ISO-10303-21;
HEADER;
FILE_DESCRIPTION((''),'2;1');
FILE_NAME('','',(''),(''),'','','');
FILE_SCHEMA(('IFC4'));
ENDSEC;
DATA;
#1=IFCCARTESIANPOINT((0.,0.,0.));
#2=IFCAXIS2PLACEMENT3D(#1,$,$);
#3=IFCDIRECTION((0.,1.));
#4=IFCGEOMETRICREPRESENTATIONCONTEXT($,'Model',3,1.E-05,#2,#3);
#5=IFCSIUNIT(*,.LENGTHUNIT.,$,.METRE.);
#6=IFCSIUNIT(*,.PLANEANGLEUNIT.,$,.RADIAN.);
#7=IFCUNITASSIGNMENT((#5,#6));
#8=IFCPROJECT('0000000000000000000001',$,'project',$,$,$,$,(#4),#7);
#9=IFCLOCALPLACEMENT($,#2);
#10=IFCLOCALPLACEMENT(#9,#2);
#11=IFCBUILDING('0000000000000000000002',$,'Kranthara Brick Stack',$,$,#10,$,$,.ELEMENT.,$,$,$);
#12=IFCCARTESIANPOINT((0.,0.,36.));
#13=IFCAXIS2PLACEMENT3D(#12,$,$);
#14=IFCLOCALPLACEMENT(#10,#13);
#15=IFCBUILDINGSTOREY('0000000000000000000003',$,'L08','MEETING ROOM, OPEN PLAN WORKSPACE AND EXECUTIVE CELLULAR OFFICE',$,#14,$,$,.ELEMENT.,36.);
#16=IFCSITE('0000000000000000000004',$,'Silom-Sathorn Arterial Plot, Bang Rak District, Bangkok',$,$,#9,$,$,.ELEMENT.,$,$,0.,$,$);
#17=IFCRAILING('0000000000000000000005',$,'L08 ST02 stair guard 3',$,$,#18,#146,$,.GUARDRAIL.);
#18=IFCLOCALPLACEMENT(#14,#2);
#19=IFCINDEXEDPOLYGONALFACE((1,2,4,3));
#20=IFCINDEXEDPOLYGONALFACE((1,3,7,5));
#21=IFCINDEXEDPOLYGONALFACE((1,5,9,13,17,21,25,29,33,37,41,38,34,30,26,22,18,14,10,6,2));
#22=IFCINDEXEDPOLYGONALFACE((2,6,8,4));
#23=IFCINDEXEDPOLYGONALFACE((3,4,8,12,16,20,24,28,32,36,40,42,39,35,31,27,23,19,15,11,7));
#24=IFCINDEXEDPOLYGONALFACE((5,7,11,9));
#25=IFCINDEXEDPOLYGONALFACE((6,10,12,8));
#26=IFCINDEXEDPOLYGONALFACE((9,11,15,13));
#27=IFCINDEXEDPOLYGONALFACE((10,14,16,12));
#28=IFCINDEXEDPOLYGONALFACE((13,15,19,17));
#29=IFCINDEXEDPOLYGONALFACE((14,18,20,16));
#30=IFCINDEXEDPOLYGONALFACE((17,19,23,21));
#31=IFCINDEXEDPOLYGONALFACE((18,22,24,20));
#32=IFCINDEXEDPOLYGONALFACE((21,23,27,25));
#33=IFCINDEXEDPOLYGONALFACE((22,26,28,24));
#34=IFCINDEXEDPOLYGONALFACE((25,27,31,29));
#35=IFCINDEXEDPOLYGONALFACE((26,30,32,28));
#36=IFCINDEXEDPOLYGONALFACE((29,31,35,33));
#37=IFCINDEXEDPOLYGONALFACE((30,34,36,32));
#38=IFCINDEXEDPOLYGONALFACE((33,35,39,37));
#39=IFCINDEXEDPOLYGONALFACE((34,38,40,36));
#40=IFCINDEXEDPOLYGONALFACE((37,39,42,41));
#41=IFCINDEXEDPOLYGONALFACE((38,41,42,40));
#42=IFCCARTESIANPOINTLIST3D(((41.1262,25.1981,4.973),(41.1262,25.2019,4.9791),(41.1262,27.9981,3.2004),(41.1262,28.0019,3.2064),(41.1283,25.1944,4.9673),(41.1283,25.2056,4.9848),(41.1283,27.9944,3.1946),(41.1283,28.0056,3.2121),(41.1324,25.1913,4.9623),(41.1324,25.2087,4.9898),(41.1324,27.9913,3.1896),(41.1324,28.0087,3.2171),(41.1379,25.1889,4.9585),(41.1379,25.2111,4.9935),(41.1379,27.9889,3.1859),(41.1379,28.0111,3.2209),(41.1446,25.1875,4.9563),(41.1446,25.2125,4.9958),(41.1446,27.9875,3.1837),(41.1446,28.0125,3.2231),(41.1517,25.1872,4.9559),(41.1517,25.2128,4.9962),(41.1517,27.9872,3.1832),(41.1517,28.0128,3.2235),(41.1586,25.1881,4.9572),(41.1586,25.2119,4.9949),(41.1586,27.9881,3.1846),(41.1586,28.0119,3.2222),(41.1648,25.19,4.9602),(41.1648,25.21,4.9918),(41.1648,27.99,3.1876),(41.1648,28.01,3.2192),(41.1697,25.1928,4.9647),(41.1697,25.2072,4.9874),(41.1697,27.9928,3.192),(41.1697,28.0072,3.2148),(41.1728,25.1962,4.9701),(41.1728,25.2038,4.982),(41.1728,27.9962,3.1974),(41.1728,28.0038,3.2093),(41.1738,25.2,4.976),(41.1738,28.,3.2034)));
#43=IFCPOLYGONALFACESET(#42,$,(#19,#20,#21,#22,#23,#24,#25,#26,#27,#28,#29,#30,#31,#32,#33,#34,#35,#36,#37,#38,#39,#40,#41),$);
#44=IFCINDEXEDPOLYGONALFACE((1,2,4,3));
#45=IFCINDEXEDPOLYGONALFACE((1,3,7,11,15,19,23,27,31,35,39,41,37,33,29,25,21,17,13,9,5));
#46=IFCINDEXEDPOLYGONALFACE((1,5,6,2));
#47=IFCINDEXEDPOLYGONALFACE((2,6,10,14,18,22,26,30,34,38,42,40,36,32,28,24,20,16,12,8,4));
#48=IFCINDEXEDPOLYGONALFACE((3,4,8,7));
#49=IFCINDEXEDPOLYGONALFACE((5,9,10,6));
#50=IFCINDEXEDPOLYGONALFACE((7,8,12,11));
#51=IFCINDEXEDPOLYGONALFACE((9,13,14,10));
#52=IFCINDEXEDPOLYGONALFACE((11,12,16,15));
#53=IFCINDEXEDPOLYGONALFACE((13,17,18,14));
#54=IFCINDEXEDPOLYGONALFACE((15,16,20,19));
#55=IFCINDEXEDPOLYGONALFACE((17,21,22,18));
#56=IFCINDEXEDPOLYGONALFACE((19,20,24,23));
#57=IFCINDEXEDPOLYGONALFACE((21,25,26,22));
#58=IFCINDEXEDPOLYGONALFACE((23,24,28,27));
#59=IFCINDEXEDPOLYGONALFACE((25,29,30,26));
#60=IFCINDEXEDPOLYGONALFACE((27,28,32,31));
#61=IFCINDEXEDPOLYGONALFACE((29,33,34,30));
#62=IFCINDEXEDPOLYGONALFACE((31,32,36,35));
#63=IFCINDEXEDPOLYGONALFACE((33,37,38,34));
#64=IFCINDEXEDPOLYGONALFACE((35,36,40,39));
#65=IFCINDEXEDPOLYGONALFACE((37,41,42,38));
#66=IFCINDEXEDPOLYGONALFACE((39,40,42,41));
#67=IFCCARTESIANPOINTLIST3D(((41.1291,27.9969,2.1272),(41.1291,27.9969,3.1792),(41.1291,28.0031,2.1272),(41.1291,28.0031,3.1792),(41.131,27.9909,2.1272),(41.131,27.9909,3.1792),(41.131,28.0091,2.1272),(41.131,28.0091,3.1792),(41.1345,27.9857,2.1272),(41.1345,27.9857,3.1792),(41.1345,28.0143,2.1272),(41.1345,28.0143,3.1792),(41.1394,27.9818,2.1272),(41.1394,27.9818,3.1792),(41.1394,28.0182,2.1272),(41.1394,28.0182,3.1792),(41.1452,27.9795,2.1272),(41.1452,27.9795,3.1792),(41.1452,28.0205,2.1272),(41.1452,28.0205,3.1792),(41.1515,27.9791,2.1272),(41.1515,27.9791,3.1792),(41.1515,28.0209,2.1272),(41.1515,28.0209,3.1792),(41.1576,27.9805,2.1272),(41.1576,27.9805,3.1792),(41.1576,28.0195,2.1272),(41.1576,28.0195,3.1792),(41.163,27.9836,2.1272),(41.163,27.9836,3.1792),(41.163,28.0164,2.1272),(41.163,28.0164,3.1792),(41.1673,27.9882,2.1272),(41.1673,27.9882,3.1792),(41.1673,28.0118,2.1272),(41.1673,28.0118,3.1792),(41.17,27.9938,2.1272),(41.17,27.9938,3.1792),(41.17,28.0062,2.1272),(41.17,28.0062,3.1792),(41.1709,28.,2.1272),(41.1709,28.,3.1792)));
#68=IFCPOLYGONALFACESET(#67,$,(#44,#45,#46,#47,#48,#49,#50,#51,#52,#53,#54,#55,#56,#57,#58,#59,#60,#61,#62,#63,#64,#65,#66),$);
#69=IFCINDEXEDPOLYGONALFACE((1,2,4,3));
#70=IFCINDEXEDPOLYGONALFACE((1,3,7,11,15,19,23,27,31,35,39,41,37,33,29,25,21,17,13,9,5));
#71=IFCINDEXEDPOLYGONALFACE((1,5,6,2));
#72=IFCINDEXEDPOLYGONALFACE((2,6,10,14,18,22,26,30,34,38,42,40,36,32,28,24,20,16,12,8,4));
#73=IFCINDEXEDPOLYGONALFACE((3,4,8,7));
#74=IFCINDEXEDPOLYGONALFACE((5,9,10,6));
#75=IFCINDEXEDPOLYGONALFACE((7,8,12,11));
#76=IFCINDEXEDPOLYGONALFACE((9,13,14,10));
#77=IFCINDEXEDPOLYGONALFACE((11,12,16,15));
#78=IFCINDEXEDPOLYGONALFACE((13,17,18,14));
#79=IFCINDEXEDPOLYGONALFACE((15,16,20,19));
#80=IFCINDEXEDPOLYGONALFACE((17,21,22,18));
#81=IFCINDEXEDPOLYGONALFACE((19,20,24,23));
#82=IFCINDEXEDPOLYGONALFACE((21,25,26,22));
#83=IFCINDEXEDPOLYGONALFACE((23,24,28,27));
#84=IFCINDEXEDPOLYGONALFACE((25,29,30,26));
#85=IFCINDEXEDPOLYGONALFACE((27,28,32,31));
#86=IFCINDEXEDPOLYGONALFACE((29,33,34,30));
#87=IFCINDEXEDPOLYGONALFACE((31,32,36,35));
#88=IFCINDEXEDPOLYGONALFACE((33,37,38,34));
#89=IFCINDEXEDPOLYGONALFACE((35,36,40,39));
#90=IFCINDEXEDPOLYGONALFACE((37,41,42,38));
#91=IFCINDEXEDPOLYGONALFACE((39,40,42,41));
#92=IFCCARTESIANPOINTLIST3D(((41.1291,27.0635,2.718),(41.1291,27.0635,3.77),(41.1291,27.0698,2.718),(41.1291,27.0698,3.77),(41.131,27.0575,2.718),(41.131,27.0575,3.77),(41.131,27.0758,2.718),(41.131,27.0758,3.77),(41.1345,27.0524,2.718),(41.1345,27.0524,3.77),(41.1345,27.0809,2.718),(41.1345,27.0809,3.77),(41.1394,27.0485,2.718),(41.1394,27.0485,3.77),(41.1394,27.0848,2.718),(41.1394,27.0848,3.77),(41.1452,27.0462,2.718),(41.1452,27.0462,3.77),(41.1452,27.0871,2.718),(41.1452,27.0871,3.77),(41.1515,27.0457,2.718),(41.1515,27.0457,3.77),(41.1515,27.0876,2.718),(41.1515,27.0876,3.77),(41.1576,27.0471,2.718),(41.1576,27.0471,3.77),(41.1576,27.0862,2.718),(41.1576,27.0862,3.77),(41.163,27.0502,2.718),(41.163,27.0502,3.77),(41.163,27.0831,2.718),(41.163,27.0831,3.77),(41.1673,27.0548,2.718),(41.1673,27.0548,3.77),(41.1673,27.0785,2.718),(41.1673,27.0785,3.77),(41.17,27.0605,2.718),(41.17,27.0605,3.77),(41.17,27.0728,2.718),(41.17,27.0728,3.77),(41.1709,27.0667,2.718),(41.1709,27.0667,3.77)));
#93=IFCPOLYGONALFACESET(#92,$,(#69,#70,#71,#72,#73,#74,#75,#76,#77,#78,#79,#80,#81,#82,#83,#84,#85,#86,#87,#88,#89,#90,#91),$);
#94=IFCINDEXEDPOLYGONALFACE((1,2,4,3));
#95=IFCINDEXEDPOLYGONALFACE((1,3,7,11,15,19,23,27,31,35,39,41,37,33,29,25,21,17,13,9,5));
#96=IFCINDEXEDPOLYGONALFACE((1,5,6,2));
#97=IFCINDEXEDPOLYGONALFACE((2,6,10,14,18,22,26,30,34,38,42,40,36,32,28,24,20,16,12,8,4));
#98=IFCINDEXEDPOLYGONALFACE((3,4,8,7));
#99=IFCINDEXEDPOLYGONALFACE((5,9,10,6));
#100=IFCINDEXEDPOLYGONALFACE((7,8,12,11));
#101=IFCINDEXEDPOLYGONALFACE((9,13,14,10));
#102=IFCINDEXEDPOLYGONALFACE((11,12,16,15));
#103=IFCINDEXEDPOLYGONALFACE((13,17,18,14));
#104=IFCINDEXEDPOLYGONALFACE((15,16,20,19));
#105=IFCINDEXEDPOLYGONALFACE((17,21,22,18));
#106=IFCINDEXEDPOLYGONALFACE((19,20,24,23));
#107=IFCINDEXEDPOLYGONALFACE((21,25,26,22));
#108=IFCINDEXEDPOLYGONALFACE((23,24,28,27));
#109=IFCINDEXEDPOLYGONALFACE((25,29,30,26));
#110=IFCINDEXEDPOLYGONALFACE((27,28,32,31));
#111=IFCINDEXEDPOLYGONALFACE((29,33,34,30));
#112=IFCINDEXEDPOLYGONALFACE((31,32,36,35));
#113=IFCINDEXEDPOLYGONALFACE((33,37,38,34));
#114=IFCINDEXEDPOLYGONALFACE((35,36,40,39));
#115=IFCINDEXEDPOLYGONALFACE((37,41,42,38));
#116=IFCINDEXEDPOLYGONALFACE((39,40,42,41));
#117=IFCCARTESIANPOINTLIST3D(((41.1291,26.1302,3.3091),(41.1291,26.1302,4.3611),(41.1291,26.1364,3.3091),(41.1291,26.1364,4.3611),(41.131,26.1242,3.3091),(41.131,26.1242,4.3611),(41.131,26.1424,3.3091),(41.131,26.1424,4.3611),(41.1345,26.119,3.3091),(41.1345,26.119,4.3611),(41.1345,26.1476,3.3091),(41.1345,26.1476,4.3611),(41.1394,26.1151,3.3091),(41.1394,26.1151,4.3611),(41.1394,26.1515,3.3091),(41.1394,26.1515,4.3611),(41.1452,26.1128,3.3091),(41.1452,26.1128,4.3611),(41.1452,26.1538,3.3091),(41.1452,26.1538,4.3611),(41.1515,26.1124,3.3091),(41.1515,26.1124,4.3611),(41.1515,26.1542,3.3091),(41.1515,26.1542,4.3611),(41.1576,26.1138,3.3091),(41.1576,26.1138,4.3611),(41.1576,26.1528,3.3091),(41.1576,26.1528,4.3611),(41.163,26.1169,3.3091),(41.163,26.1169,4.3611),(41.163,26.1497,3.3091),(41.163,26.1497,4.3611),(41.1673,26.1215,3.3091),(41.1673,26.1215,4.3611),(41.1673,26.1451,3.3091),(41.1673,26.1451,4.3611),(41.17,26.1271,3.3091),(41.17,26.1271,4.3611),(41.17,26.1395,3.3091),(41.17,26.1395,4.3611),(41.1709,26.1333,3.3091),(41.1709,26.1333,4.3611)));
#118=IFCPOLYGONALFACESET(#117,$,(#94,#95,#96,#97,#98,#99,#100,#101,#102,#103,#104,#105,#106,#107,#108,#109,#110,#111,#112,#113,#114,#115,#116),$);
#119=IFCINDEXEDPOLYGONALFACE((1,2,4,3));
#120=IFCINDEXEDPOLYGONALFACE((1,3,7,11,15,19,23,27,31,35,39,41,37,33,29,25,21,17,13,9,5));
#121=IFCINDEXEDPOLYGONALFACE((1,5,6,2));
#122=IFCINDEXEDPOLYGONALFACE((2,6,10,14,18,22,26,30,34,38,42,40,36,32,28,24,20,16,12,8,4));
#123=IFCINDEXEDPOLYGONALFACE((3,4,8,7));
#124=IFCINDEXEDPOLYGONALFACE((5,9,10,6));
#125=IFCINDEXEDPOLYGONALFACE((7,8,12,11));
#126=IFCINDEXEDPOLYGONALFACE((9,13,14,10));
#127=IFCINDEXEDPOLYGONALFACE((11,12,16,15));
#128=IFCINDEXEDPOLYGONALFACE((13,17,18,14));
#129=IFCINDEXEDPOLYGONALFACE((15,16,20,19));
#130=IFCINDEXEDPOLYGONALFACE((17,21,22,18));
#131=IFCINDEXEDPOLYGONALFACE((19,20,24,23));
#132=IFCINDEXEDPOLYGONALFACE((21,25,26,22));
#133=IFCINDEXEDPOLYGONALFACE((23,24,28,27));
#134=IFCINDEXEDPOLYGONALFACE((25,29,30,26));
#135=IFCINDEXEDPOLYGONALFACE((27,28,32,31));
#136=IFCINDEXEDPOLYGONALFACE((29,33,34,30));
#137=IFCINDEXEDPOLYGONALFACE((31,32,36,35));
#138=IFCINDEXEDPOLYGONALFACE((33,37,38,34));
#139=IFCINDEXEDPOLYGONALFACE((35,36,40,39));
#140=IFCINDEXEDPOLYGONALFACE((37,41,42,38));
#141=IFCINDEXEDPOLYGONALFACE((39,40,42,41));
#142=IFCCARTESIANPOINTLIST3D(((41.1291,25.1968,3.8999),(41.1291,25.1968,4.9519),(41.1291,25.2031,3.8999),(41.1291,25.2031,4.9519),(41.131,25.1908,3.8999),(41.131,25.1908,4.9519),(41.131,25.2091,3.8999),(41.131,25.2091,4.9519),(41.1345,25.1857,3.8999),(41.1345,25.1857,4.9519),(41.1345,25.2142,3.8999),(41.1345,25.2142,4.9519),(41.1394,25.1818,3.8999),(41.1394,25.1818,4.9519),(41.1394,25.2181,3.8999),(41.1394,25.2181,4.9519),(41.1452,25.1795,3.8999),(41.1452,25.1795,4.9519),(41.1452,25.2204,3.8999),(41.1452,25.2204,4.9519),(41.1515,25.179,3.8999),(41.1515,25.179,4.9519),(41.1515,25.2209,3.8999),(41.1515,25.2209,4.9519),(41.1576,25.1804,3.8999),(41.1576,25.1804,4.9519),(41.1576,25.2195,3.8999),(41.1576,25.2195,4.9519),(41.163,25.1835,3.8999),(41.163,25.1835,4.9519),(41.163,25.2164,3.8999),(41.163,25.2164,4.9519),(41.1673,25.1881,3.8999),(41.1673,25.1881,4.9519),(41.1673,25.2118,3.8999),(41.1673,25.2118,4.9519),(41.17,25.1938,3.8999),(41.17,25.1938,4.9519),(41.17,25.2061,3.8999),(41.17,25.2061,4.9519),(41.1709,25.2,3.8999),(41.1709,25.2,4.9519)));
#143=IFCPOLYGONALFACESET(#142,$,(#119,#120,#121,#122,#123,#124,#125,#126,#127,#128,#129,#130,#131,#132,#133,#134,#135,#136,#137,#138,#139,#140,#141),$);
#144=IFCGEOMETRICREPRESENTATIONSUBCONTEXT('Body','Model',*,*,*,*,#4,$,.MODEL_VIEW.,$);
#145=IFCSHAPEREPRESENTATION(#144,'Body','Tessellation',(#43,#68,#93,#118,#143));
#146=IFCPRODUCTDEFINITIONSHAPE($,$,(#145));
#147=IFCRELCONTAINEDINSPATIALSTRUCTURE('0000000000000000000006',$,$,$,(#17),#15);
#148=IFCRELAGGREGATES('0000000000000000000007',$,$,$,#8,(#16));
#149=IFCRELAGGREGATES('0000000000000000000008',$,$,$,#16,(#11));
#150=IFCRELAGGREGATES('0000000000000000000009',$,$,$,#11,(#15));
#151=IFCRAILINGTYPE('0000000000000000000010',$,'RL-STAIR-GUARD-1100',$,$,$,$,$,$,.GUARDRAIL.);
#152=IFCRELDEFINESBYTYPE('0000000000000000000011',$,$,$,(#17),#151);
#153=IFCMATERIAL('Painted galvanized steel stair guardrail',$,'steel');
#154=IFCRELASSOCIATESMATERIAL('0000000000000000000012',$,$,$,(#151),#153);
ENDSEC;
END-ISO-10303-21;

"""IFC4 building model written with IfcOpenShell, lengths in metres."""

from ifc_helpers import new_model, si_unit, direction, frame, origin, origin_2d, place, context, subcontext, project, spatial, circle, extrude, material, type_object, element, save


model = new_model("IFC4")

# Units and contexts
model_context = context("Model", 3, precision=1e-05, world=origin(), true_north=direction((0.0, 1.0)))
body_context = subcontext(model_context, "Body", "Model", "MODEL_VIEW")
ifc_project = project(units=[si_unit("LENGTHUNIT", "METRE"), si_unit("PLANEANGLEUNIT", "RADIAN")], contexts=[model_context])

# Site, building, storey
site_placement = place(None, origin())
site = spatial("IfcSite", under=ifc_project, at=site_placement, Name="Silom-Sathorn Arterial Plot, Bang Rak District, Bangkok", CompositionType="ELEMENT", RefElevation=0.0)
building_placement = place(site_placement, origin())
building = spatial("IfcBuilding", under=site, at=building_placement, Name="Kranthara Brick Stack", CompositionType="ELEMENT")
storey_placement = place(building_placement, frame((0.0, 0.0, 36.0)))
storey = spatial("IfcBuildingStorey", under=building, at=storey_placement, Name="L08", Description="MEETING ROOM, OPEN PLAN WORKSPACE AND EXECUTIVE CELLULAR OFFICE", CompositionType="ELEMENT", Elevation=36.0)

# Railing
ifc_material_1 = material(Name="Painted galvanized steel stair guardrail", Category="steel")
railing_type_1 = type_object("IfcRailingType", Name="RL-STAIR-GUARD-1100", PredefinedType="GUARDRAIL", material=ifc_material_1)
railing_1_placement = place(storey_placement, frame((41.1499, 28.0, 2.1272)))
element("IfcRailing", 1, at=railing_1_placement, inside=storey, type_object=railing_type_1, Name="L08 ST02 stair guard 3", PredefinedType="GUARDRAIL", context=body_context, shape_type="SweptSolid", body=[
    extrude(circle(Radius=0.0239, at=origin_2d()), frame((0.0, 0.0, 1.0762), z_axis=(0.0, -0.844909, 0.53491), x_axis=(1.0, 0.0, 0.0)), (0.0, 0.0, 1.0), 3.314),
    extrude(circle(Radius=0.021, at=origin_2d()), origin(), (0.0, 0.0, 1.0), 1.052),
    extrude(circle(Radius=0.021, at=origin_2d()), frame((0.0, -0.9333, 0.5908)), (0.0, 0.0, 1.0), 1.052),
    extrude(circle(Radius=0.021, at=origin_2d()), frame((0.0, -1.8667, 1.1819)), (0.0, 0.0, 1.0), 1.052),
    extrude(circle(Radius=0.021, at=origin_2d()), frame((0.0, -2.8, 1.7727)), (0.0, 0.0, 1.0), 1.052),
])

save(model, "model.ifc")
